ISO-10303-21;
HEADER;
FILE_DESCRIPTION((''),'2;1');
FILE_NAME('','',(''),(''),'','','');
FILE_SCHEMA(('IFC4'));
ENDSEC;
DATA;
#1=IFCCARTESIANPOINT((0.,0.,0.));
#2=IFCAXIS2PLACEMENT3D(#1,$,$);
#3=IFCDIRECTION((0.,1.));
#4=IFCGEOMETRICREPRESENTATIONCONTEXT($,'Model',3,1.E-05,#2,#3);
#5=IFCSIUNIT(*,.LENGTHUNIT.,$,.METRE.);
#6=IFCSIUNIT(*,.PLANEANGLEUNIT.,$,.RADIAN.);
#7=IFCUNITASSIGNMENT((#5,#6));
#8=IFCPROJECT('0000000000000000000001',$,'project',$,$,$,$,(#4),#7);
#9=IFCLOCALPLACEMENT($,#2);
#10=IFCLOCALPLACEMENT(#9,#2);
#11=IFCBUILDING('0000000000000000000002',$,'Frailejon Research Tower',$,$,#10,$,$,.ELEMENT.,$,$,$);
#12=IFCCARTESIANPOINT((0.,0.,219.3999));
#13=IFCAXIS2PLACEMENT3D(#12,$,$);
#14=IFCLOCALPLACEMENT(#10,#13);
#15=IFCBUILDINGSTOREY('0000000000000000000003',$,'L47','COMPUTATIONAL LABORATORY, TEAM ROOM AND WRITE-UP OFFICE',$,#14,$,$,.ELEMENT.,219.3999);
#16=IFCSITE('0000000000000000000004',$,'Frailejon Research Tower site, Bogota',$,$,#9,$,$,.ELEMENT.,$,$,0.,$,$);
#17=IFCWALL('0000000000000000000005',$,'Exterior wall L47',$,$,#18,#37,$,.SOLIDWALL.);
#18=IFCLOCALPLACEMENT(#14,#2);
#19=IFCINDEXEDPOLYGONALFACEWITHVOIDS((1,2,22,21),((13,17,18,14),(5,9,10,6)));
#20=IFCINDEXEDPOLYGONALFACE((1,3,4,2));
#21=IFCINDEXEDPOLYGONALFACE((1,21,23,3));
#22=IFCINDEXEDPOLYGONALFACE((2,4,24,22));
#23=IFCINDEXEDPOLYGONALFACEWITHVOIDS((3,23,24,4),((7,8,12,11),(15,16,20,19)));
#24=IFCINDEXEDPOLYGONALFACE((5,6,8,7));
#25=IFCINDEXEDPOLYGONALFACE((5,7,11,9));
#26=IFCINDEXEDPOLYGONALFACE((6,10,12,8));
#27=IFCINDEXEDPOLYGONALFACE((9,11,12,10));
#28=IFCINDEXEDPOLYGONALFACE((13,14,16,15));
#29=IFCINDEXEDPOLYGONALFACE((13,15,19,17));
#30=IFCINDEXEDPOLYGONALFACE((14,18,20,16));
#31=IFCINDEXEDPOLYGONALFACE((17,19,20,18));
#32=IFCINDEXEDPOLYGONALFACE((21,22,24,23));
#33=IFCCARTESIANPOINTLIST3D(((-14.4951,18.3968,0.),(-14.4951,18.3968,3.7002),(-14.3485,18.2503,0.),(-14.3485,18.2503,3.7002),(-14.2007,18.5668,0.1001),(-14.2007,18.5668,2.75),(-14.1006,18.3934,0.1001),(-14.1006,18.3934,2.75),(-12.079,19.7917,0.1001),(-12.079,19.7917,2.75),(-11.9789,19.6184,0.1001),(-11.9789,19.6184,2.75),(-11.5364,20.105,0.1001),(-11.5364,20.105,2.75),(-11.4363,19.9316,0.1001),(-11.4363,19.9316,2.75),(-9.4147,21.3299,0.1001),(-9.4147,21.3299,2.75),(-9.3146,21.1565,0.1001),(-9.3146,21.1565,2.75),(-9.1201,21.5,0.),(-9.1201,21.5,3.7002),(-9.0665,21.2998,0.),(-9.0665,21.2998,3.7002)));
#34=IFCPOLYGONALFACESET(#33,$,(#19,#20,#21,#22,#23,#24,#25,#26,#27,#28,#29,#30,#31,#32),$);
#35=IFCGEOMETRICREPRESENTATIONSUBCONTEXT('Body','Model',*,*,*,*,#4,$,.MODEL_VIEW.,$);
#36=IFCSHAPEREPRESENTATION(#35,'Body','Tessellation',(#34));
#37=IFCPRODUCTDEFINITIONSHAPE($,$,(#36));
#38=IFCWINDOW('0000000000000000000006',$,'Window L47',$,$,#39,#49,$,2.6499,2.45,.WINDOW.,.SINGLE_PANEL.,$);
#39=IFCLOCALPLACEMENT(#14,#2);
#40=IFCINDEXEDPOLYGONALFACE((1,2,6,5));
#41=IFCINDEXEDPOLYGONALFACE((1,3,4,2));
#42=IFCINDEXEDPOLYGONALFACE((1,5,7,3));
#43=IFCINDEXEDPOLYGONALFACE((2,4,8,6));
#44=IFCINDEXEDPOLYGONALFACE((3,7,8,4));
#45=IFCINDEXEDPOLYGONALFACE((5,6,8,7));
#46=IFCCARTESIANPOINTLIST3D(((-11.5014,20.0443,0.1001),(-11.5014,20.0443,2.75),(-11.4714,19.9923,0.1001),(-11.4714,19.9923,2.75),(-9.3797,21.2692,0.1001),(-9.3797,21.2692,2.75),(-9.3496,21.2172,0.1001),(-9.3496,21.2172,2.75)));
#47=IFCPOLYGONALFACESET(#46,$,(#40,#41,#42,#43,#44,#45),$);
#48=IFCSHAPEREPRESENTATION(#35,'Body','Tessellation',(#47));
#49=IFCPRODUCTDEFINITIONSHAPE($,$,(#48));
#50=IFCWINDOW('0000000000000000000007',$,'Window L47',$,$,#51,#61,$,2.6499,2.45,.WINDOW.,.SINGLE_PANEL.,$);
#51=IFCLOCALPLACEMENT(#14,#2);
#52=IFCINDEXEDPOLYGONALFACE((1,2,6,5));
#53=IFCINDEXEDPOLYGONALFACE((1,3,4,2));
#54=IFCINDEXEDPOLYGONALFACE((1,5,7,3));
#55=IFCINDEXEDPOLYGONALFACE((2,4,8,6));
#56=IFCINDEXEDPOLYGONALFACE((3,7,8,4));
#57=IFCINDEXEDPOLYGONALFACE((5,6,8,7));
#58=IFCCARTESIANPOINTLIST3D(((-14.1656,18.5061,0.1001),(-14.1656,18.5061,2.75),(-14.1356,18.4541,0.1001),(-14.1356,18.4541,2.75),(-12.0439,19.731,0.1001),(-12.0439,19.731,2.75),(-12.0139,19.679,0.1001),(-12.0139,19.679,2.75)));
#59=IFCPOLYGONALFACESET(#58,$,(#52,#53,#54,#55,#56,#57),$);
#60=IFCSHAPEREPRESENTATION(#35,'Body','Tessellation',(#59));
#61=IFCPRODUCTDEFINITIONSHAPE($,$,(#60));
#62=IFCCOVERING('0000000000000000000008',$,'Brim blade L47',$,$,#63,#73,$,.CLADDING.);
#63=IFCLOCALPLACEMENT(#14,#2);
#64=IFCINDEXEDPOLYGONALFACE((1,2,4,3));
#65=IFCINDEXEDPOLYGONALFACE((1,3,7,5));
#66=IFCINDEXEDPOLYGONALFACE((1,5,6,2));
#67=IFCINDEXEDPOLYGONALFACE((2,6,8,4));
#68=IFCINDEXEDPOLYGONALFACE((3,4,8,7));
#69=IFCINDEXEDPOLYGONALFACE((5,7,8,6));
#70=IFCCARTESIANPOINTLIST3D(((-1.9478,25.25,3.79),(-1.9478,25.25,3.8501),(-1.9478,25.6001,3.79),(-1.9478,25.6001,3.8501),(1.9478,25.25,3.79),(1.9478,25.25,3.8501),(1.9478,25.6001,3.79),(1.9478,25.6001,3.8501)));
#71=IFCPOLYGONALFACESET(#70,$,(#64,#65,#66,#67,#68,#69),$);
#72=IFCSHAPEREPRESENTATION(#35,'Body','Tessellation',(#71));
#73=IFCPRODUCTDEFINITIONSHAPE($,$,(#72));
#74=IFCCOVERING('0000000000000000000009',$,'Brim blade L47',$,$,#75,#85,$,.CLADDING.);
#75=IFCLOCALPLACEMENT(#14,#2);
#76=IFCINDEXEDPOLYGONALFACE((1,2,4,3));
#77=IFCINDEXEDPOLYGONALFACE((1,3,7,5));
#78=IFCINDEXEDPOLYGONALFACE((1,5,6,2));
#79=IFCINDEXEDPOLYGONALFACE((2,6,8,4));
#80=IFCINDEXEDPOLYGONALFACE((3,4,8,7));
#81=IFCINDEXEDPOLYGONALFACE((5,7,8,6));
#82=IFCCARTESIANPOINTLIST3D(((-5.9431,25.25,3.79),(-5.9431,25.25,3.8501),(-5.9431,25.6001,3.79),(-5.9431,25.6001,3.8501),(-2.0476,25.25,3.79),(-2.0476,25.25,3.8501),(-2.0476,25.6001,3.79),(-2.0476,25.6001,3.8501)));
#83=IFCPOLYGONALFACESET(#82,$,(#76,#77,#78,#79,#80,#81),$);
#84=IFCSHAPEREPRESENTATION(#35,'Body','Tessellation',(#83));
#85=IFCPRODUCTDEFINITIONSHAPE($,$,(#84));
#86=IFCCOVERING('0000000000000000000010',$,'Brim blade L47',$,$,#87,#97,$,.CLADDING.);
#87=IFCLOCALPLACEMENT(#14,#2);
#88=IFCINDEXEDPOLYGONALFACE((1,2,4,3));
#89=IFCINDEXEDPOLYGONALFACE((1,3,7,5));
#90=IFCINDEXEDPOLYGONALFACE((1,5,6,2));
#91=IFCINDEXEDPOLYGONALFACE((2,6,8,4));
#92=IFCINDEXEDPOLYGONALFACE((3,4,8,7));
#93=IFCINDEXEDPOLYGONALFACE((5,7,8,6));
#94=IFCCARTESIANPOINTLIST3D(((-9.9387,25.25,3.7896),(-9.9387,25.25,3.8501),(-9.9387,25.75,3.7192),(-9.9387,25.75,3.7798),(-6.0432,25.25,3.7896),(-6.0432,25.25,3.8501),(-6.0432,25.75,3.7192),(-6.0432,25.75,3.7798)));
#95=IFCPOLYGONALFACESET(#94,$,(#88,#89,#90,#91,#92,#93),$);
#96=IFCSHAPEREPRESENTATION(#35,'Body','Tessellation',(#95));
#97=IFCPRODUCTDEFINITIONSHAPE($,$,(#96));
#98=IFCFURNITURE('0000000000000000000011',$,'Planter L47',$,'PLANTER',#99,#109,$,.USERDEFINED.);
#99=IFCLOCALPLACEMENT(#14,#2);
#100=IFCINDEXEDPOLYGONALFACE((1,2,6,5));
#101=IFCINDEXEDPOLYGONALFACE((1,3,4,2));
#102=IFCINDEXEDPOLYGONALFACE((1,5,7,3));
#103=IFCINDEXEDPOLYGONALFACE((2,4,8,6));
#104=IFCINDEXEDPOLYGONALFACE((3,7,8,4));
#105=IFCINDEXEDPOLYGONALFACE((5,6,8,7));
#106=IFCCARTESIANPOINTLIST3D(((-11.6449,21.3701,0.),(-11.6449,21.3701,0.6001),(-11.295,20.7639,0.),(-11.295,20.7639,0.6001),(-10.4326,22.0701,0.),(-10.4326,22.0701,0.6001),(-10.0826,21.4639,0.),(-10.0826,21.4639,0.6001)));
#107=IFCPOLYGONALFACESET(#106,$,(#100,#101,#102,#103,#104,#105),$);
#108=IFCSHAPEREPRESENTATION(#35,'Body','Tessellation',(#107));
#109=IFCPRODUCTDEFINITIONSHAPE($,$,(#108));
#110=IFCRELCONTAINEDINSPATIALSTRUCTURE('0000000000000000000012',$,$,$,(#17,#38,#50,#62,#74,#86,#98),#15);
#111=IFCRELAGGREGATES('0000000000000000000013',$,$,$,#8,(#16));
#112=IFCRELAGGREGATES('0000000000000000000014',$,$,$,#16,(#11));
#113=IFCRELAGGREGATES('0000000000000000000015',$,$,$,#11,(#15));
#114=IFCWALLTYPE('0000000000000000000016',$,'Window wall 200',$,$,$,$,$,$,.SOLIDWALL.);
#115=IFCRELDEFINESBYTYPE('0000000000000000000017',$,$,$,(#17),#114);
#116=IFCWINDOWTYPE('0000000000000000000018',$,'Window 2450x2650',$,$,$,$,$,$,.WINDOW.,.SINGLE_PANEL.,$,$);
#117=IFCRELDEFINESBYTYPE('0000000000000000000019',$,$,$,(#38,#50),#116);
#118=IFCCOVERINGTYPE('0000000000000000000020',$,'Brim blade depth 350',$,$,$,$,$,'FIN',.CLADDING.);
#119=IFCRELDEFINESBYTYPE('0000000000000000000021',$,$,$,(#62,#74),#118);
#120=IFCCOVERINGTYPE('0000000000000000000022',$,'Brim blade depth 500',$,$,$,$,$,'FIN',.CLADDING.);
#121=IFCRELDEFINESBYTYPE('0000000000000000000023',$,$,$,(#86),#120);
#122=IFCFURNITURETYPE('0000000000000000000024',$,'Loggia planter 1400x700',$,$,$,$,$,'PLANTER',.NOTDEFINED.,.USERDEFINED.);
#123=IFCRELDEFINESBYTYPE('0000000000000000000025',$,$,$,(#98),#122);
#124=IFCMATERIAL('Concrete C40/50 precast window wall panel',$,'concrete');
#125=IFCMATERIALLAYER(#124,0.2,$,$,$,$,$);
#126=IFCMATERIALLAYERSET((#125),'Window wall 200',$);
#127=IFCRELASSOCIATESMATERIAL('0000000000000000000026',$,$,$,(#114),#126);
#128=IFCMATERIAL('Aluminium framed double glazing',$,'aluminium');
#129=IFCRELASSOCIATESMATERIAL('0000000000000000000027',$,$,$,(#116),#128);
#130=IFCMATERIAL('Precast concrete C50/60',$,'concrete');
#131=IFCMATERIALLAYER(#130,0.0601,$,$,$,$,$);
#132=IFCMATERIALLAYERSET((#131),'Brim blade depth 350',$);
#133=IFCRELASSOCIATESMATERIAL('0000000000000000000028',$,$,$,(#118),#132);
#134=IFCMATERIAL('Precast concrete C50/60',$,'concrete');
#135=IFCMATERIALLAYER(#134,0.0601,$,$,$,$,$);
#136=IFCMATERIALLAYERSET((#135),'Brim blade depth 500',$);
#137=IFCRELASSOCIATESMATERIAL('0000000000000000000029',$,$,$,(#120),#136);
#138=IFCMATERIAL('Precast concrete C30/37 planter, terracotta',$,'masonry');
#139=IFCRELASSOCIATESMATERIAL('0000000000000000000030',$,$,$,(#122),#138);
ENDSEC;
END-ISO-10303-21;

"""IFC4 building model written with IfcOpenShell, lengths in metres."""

from ifc_helpers import new_model, si_unit, direction, frame, frame_2d, origin, origin_2d, place, context, subcontext, project, spatial, polyline, rectangle, outline, extrude, material, layer, layer_set, type_object, element, fill, save


model = new_model("IFC4")

# Units and contexts
model_context = context("Model", 3, precision=1e-05, world=origin(), true_north=direction((0.0, 1.0)))
body_context = subcontext(model_context, "Body", "Model", "MODEL_VIEW")
ifc_project = project(units=[si_unit("LENGTHUNIT", "METRE"), si_unit("PLANEANGLEUNIT", "RADIAN")], contexts=[model_context])

# Site, building, storey
site_placement = place(None, origin())
site = spatial("IfcSite", under=ifc_project, at=site_placement, Name="Frailejon Research Tower site, Bogota", CompositionType="ELEMENT", RefElevation=0.0)
building_placement = place(site_placement, origin())
building = spatial("IfcBuilding", under=site, at=building_placement, Name="Frailejon Research Tower", CompositionType="ELEMENT")
storey_placement = place(building_placement, frame((0.0, 0.0, 219.3999)))
storey = spatial("IfcBuildingStorey", under=building, at=storey_placement, Name="L47", Description="COMPUTATIONAL LABORATORY, TEAM ROOM AND WRITE-UP OFFICE", CompositionType="ELEMENT", Elevation=219.3999)

# Wall, openings, windows
ifc_material_1 = material(Name="Concrete C40/50 precast window wall panel", Category="concrete")
ifc_layer_1 = layer(ifc_material_1, 0.2)
ifc_layer_set_1 = layer_set([ifc_layer_1], Name="Window wall 200")
wall_type = type_object("IfcWallType", Name="Window wall 200", PredefinedType="SOLIDWALL", material=ifc_layer_set_1)
wall_placement = place(storey_placement, frame((-9.0933, 21.3999, 0.0), z_axis=(0.0, 0.0, 1.0), x_axis=(-0.86603, -0.499993, 0.0)))
wall = element("IfcWall", 1, at=wall_placement, inside=storey, type_object=wall_type, Name="Exterior wall L47", PredefinedType="SOLIDWALL", context=body_context, shape_type="SweptSolid", body=[
    extrude(outline(polyline([(-0.0269, -0.1001), (1.0076, -0.1001), (2.042, -0.1001), (3.0764, -0.1001), (4.1108, -0.1001), (5.1453, -0.1001), (6.1797, -0.1001), (6.126, 0.1001), (5.1094, 0.1001), (4.093, 0.1001), (3.0764, 0.1001), (2.0598, 0.1001), (1.0435, 0.1001), (0.0269, 0.1001), (-0.0269, -0.1001)])), origin(), (0.0, 0.0, 1.0), 3.7002),
])
opening_1_placement = place(wall_placement, frame((0.3132, 0.0, 0.1001)))
opening_1 = element("IfcOpeningElement", 2, at=opening_1_placement, cuts=wall, PredefinedType="OPENING", context=body_context, shape_type="SweptSolid", body=[
    extrude(rectangle(XDim=2.45, YDim=2.6499, at=frame_2d((1.2251, 1.325))), frame((0.0, 0.1099, 0.0), z_axis=(0.0, -1.0, 0.0), x_axis=(1.0, 0.0, 0.0)), (0.0, 0.0, 1.0), 0.22),
])
opening_2_placement = place(wall_placement, frame((3.3896, 0.0, 0.1001)))
opening_2 = element("IfcOpeningElement", 3, at=opening_2_placement, cuts=wall, PredefinedType="OPENING", context=body_context, shape_type="SweptSolid", body=[
    extrude(rectangle(XDim=2.45, YDim=2.6499, at=frame_2d((1.2251, 1.325))), frame((0.0, 0.1099, 0.0), z_axis=(0.0, -1.0, 0.0), x_axis=(1.0, 0.0, 0.0)), (0.0, 0.0, 1.0), 0.22),
])
ifc_material_2 = material(Name="Aluminium framed double glazing", Category="aluminium")
window_type = type_object("IfcWindowType", Name="Window 2450x2650", PartitioningType="SINGLE_PANEL", PredefinedType="WINDOW", material=ifc_material_2)
window_1_placement = place(opening_1_placement, origin())
window_1 = element("IfcWindow", 4, at=window_1_placement, inside=storey, type_object=window_type, Name="Window L47", OverallHeight=2.6499, OverallWidth=2.45, PartitioningType="SINGLE_PANEL", PredefinedType="WINDOW", context=body_context, shape_type="SweptSolid", body=[
    extrude(rectangle(XDim=2.45, YDim=2.6499, at=frame_2d((1.2251, 1.325))), frame((0.0, 0.03, 0.0), z_axis=(0.0, -1.0, 0.0), x_axis=(1.0, 0.0, 0.0)), (0.0, 0.0, 1.0), 0.0601),
])
fill(opening_1, window_1)
window_2_placement = place(opening_2_placement, origin())
window_2 = element("IfcWindow", 5, at=window_2_placement, inside=storey, type_object=window_type, Name="Window L47", OverallHeight=2.6499, OverallWidth=2.45, PartitioningType="SINGLE_PANEL", PredefinedType="WINDOW", context=body_context, shape_type="SweptSolid", body=[
    extrude(rectangle(XDim=2.45, YDim=2.6499, at=frame_2d((1.2251, 1.325))), frame((0.0, 0.03, 0.0), z_axis=(0.0, -1.0, 0.0), x_axis=(1.0, 0.0, 0.0)), (0.0, 0.0, 1.0), 0.0601),
])
fill(opening_2, window_2)

# Coverings
ifc_material_3 = material(Name="Precast concrete C50/60", Category="concrete")
ifc_layer_2 = layer(ifc_material_3, 0.0601)
ifc_layer_set_2 = layer_set([ifc_layer_2], Name="Brim blade depth 350")
covering_type_1 = type_object("IfcCoveringType", Name="Brim blade depth 350", ElementType="FIN", PredefinedType="CLADDING", material=ifc_layer_set_2)
for number, where, z_axis, x_axis, name in (
    (6, (-1.9478, 25.25, 3.8501), (1.0, 0.0, 0.0), (0.0, 1.0, 0.0), "Brim blade L47"),
    (7, (-5.9431, 25.25, 3.8501), (1.0, 0.0, 0.0), (0.0, 1.0, 0.0), "Brim blade L47"),
):
    element("IfcCovering", number, at=place(storey_placement, frame(where, z_axis=z_axis, x_axis=x_axis)), inside=storey, type_object=covering_type_1, Name=name, PredefinedType="CLADDING", context=body_context, shape_type="SweptSolid", body=[
        extrude(outline(polyline([(0.0, -0.0601), (0.3501, -0.0601), (0.3501, 0.0), (0.0, 0.0), (0.0, -0.0601)])), origin(), (0.0, 0.0, 1.0), 3.8955),
    ])
ifc_material_4 = material(Name="Precast concrete C50/60", Category="concrete")
ifc_layer_3 = layer(ifc_material_4, 0.0601)
ifc_layer_set_3 = layer_set([ifc_layer_3], Name="Brim blade depth 500")
covering_type_2 = type_object("IfcCoveringType", Name="Brim blade depth 500", ElementType="FIN", PredefinedType="CLADDING", material=ifc_layer_set_3)
covering_placement = place(storey_placement, frame((-9.9387, 25.25, 3.8501), z_axis=(1.0, 0.0, 0.0), x_axis=(0.0, 1.0, 0.0)))
element("IfcCovering", 8, at=covering_placement, inside=storey, type_object=covering_type_2, Name="Brim blade L47", PredefinedType="CLADDING", context=body_context, shape_type="SweptSolid", body=[
    extrude(outline(polyline([(0.0, -0.0605), (0.5, -0.1309), (0.5, -0.0703), (0.0, 0.0), (0.0, -0.0605)])), origin(), (0.0, 0.0, 1.0), 3.8955),
])

# Furniture
ifc_material_5 = material(Name="Precast concrete C30/37 planter, terracotta", Category="masonry")
furniture_type = type_object("IfcFurnitureType", Name="Loggia planter 1400x700", ElementType="PLANTER", AssemblyPlace="NOTDEFINED", PredefinedType="USERDEFINED", material=ifc_material_5)
furniture_placement = place(storey_placement, frame((-10.8638, 21.417, 0.0), z_axis=(0.0, 0.0, 1.0), x_axis=(-0.866025, -0.5, 0.0)))
element("IfcFurniture", 9, at=furniture_placement, inside=storey, type_object=furniture_type, Name="Planter L47", ObjectType="PLANTER", PredefinedType="USERDEFINED", context=body_context, shape_type="SweptSolid", body=[
    extrude(rectangle(XDim=1.3999, YDim=0.7, at=origin_2d()), origin(), (0.0, 0.0, 1.0), 0.6001),
])

save(model, "model.ifc")
